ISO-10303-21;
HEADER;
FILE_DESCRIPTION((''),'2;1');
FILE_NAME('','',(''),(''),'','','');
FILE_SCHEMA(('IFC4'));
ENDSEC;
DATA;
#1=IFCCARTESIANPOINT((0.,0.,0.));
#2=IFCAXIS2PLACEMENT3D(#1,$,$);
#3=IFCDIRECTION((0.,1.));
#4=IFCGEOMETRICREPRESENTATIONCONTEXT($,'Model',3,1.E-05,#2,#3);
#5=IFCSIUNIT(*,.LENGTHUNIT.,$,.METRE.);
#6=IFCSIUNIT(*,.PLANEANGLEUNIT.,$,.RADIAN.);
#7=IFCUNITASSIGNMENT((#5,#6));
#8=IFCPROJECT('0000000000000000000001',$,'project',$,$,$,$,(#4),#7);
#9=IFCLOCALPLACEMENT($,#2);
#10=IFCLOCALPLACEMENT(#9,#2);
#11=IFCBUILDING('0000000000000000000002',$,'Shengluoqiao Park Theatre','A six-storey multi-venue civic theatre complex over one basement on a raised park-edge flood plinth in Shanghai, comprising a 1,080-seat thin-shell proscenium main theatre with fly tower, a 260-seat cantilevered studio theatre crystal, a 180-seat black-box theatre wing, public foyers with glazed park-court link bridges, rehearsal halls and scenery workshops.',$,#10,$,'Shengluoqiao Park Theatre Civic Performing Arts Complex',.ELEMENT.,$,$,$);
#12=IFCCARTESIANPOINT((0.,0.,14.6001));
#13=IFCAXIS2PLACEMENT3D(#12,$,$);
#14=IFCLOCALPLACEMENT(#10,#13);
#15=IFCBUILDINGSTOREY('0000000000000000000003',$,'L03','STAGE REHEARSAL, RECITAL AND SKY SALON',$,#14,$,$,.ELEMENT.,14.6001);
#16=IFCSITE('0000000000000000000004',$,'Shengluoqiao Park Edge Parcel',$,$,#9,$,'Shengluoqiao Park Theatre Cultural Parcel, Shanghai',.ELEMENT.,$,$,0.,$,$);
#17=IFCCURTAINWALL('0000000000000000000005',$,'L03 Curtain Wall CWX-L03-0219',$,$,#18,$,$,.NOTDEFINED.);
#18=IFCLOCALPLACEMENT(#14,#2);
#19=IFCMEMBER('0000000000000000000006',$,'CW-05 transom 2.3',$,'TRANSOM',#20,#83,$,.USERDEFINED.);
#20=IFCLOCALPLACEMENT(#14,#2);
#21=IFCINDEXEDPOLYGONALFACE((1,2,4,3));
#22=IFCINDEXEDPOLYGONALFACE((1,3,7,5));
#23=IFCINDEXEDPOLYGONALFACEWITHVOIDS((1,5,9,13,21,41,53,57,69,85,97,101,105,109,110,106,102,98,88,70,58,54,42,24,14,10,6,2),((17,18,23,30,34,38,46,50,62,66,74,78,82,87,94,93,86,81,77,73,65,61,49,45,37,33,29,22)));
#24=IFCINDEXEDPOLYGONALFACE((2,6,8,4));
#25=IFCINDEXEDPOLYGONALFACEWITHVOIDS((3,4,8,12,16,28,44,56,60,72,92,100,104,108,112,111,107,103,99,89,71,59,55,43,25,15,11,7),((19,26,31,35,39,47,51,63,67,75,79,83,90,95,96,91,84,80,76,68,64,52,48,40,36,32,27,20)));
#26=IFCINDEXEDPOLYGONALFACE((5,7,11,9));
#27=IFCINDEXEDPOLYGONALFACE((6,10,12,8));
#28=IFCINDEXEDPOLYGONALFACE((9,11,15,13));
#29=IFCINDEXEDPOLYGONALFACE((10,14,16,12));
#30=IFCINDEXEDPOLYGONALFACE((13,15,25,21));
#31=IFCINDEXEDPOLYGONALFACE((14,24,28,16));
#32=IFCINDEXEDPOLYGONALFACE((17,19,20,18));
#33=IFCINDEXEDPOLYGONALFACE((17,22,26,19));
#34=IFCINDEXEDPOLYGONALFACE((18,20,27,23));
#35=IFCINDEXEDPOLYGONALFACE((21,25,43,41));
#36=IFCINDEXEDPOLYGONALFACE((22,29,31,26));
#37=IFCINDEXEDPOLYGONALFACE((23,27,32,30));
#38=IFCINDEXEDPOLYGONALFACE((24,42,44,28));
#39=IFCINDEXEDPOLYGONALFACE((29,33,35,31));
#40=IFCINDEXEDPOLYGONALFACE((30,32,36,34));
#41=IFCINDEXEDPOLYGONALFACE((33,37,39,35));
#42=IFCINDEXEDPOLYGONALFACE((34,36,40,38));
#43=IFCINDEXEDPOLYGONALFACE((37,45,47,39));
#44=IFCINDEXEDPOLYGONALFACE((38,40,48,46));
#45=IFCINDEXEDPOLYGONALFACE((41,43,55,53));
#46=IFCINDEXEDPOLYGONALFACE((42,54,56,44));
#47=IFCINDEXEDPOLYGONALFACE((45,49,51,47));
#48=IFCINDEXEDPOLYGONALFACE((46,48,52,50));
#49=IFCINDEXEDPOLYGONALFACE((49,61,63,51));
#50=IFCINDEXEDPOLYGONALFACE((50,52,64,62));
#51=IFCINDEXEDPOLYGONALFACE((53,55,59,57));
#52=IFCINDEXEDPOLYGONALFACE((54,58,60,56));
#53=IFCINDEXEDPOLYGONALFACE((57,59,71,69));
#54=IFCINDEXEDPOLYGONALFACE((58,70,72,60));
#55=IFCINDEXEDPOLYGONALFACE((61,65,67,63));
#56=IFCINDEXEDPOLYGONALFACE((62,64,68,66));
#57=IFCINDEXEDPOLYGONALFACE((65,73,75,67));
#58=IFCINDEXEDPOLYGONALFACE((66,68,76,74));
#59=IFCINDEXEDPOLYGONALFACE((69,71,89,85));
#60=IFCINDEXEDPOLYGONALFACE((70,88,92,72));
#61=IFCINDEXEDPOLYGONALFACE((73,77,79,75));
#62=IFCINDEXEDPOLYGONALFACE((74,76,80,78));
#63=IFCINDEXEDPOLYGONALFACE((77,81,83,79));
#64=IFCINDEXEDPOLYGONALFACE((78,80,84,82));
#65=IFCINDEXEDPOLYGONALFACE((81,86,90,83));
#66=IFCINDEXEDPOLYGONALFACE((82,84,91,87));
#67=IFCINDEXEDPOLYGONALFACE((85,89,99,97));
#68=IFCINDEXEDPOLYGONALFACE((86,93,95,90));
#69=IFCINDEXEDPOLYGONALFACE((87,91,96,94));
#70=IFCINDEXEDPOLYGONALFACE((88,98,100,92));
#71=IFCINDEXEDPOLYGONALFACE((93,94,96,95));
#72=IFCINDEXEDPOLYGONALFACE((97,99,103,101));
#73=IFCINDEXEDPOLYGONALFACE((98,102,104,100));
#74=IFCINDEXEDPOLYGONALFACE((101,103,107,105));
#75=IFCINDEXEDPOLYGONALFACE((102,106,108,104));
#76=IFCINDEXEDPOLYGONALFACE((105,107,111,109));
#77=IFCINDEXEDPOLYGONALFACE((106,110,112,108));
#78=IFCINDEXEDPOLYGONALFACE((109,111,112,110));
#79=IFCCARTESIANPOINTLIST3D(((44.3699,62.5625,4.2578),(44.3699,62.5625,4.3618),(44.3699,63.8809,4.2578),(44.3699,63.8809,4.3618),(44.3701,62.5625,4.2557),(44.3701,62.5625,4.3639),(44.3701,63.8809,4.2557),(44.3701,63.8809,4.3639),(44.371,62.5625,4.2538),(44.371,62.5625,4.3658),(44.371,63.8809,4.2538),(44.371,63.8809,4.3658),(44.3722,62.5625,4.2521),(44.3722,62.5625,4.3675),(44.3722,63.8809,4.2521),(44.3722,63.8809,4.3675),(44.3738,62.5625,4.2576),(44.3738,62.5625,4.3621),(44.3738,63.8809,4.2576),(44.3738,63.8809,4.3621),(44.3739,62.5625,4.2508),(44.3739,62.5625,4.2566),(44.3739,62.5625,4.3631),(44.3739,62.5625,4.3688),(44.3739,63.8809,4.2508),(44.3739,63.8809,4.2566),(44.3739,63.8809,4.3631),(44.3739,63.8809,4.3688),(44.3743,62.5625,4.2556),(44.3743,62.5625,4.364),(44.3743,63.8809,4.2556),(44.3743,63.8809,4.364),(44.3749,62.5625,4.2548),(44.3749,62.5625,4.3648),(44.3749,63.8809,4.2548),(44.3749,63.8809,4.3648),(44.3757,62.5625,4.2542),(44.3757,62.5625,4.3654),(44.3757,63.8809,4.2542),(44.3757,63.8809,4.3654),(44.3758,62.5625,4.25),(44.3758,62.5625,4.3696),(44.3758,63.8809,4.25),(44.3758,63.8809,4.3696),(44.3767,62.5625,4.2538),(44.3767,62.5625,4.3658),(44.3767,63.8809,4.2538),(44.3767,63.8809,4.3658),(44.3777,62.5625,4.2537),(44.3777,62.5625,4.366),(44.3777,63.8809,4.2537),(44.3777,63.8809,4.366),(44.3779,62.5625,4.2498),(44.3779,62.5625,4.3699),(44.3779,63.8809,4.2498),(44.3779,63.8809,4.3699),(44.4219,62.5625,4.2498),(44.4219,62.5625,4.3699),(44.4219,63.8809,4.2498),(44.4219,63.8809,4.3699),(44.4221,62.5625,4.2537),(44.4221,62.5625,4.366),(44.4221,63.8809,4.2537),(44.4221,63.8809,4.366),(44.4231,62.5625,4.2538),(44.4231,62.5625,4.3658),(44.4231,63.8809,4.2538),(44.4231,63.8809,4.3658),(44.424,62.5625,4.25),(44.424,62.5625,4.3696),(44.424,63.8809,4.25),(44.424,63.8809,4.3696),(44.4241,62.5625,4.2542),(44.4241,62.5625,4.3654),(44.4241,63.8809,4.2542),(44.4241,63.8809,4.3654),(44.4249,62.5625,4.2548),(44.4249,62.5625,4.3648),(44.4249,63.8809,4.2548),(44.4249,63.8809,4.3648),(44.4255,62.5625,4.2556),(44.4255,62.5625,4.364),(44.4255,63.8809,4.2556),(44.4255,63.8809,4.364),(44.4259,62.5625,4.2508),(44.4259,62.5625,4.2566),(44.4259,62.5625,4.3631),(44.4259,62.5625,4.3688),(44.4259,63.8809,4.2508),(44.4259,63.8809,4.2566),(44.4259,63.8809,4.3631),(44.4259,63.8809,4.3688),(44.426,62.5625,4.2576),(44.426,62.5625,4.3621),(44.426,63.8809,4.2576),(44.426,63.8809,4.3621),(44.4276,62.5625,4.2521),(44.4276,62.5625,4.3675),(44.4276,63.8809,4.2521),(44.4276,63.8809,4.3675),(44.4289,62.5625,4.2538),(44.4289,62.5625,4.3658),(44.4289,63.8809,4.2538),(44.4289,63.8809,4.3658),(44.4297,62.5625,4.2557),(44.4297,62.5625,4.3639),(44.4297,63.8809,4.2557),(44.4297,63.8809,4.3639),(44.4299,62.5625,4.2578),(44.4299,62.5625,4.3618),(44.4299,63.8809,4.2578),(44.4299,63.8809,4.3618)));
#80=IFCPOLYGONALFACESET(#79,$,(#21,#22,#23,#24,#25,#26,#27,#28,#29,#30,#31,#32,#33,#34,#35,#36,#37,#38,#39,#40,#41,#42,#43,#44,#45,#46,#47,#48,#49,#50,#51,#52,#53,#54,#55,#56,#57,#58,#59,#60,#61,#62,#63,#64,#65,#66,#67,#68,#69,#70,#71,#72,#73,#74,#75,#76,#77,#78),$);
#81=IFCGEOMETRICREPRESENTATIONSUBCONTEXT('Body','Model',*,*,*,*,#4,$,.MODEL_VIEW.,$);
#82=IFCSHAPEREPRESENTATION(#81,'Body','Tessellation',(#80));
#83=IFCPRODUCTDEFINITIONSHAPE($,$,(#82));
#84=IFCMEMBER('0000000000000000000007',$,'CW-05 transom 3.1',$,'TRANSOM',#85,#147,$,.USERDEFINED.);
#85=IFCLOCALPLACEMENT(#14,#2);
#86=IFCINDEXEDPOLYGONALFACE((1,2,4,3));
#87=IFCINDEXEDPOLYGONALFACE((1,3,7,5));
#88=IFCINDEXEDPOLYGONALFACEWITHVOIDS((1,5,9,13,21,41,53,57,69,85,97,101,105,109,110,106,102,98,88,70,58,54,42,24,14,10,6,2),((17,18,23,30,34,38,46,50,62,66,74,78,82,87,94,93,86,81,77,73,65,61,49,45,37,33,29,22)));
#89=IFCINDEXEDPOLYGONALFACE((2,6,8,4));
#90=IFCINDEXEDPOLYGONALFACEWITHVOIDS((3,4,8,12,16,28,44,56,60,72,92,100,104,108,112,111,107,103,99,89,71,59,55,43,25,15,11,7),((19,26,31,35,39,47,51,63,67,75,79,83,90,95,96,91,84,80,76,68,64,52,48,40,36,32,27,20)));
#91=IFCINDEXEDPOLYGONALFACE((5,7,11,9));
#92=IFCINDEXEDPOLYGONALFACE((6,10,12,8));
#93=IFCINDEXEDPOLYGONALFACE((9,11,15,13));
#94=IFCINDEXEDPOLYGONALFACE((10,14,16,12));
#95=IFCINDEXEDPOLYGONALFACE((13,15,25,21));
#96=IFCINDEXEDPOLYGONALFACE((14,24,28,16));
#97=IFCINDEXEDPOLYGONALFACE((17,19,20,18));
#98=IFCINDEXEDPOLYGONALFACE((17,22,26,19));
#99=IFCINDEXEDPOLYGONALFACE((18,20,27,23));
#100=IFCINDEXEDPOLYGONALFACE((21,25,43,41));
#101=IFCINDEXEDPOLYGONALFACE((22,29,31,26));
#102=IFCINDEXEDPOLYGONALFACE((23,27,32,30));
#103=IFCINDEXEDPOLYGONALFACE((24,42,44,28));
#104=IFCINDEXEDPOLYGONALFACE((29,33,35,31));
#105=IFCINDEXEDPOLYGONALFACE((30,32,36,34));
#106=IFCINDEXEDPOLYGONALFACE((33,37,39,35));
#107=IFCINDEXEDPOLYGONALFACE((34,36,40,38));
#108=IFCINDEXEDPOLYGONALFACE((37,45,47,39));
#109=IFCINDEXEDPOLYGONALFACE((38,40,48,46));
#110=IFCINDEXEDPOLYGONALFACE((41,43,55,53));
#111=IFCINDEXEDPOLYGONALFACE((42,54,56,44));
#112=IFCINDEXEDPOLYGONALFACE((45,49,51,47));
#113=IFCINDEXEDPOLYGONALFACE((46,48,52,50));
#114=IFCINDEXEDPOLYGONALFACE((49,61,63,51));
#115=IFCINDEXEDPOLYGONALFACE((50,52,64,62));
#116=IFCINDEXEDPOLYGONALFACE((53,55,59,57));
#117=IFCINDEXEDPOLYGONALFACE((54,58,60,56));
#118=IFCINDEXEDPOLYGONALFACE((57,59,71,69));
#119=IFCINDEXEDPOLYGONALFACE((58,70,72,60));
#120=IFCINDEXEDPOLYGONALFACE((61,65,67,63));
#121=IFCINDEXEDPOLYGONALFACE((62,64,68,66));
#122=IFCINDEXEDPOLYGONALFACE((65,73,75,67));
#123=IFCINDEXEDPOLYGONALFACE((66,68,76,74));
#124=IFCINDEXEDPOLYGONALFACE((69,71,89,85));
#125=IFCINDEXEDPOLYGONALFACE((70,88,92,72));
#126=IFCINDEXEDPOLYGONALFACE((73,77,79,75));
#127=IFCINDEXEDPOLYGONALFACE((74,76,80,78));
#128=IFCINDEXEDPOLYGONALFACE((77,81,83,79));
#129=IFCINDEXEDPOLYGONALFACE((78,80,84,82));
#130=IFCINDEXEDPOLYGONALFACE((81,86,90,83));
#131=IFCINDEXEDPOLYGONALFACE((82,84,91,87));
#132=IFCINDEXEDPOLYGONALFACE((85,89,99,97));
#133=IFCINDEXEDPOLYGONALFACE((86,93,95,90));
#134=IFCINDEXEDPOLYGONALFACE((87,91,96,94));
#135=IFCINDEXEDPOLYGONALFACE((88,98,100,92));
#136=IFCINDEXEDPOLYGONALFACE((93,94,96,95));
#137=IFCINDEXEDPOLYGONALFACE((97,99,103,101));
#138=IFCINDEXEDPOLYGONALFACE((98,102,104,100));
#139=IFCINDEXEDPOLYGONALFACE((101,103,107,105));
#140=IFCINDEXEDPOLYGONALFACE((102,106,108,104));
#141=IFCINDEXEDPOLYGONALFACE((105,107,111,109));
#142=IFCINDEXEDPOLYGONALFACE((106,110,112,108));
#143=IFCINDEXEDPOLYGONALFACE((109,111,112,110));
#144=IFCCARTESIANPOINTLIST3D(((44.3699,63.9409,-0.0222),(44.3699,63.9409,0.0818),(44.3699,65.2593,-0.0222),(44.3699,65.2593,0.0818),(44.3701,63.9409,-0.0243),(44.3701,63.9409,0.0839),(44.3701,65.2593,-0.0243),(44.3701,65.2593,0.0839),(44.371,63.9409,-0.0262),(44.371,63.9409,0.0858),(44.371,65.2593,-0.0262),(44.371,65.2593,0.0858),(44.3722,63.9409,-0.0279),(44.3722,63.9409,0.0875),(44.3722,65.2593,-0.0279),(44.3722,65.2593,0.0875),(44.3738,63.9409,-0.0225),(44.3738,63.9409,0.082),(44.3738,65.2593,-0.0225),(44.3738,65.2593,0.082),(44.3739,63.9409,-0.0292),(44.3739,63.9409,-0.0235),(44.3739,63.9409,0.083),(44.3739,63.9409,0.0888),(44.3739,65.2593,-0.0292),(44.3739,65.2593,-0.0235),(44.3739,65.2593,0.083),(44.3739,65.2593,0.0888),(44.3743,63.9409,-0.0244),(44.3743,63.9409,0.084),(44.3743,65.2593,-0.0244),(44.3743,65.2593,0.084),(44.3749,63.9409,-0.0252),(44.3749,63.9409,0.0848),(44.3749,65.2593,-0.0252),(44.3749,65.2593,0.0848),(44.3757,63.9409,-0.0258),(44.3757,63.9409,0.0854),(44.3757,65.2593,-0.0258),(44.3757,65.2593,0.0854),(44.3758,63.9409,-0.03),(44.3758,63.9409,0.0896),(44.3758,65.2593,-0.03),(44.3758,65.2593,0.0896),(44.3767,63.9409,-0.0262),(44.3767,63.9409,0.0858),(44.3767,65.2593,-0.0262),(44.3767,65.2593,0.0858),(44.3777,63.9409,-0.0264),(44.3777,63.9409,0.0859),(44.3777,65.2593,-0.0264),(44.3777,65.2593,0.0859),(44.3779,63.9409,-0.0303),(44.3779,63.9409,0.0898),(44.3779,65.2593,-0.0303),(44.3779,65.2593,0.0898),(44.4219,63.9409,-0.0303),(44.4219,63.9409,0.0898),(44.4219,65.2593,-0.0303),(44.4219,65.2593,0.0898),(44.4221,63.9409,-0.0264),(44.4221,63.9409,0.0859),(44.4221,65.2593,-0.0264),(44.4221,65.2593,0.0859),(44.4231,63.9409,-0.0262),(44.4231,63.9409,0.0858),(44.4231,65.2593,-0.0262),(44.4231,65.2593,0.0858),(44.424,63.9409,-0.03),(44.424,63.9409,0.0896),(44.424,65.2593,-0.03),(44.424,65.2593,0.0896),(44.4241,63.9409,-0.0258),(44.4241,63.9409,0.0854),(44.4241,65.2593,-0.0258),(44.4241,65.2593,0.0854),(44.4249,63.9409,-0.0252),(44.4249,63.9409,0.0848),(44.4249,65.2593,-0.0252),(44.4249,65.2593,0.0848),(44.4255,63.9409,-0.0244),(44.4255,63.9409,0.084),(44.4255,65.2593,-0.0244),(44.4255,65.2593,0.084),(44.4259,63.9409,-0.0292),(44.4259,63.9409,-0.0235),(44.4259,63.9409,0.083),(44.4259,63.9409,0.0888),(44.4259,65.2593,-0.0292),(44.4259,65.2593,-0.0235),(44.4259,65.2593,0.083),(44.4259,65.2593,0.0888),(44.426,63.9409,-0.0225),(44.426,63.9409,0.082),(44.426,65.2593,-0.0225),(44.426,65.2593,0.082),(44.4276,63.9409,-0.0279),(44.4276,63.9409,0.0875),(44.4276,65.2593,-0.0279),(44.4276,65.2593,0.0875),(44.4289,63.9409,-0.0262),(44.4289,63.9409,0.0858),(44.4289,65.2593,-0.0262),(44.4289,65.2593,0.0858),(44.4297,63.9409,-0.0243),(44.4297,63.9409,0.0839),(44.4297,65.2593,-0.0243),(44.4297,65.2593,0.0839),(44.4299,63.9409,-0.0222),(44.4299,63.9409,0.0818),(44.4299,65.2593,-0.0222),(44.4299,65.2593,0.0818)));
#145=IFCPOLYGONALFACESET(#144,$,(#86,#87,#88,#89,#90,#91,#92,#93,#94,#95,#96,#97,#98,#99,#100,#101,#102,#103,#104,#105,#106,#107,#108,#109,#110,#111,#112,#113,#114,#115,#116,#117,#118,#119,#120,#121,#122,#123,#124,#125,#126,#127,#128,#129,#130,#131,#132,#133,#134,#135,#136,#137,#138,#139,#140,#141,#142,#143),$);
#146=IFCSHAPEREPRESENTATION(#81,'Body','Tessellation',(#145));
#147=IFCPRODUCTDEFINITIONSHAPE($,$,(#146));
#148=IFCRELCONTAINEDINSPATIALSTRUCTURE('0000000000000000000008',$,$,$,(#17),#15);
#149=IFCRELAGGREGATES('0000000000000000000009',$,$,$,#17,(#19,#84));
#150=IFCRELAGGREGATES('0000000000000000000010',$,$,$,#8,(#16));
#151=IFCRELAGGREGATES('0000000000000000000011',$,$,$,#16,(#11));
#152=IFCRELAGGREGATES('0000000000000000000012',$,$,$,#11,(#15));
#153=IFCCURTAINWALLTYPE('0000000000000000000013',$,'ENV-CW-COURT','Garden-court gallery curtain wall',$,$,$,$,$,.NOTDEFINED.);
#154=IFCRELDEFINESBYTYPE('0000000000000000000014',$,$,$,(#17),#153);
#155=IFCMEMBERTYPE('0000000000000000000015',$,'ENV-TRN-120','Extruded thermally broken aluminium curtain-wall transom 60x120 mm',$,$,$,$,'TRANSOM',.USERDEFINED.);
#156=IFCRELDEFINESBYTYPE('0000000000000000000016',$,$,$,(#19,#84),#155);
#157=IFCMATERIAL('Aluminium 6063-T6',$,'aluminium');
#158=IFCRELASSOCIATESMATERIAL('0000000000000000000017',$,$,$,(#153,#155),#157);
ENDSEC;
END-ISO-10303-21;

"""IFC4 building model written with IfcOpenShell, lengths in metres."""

from ifc_helpers import new_model, si_unit, direction, frame, origin, origin_2d, place, context, subcontext, project, spatial, hollow_rectangle, extrude, material, material_profile, profile_set, type_object, element, aggregate, save


model = new_model("IFC4")

# Units and contexts
model_context = context("Model", 3, precision=1e-05, world=origin(), true_north=direction((0.0, 1.0)))
body_context = subcontext(model_context, "Body", "Model", "MODEL_VIEW")
ifc_project = project(units=[si_unit("LENGTHUNIT", "METRE"), si_unit("PLANEANGLEUNIT", "RADIAN")], contexts=[model_context])

# Site, building, storey
site_placement = place(None, origin())
site = spatial("IfcSite", under=ifc_project, at=site_placement, Name="Shengluoqiao Park Edge Parcel", LongName="Shengluoqiao Park Theatre Cultural Parcel, Shanghai", CompositionType="ELEMENT", RefElevation=0.0)
building_placement = place(site_placement, origin())
building = spatial("IfcBuilding", under=site, at=building_placement, Name="Shengluoqiao Park Theatre", Description="A six-storey multi-venue civic theatre complex over one basement on a raised park-edge flood plinth in Shanghai, comprising a 1,080-seat thin-shell proscenium main theatre with fly tower, a 260-seat cantilevered studio theatre crystal, a 180-seat black-box theatre wing, public foyers with glazed park-court link bridges, rehearsal halls and scenery workshops.", LongName="Shengluoqiao Park Theatre Civic Performing Arts Complex", CompositionType="ELEMENT")
storey_placement = place(building_placement, frame((0.0, 0.0, 14.6001)))
storey = spatial("IfcBuildingStorey", under=building, at=storey_placement, Name="L03", Description="STAGE REHEARSAL, RECITAL AND SKY SALON", CompositionType="ELEMENT", Elevation=14.6001)

# Curtain wall
ifc_material_1 = material(Name="Aluminium 6063-T6", Category="aluminium")
curtain_wall_type_1 = type_object("IfcCurtainWallType", Name="ENV-CW-COURT", Description="Garden-court gallery curtain wall", PredefinedType="NOTDEFINED", material=ifc_material_1)
curtain_wall_1_placement = place(storey_placement, origin())
curtain_wall_1 = element("IfcCurtainWall", 1, at=curtain_wall_1_placement, inside=storey, type_object=curtain_wall_type_1, Name="L03 Curtain Wall CWX-L03-0219", PredefinedType="NOTDEFINED")

# Members
ifc_material_profile_1 = material_profile(ifc_material_1, hollow_rectangle(XDim=0.0601, YDim=0.1201, WallThickness=0.0039, InnerFilletRadius=0.0039, OuterFilletRadius=0.0081, at=origin_2d()), Name="ALU TRANSOM 120x60x4")
ifc_profile_set_1 = profile_set([ifc_material_profile_1], Name="Aluminium 6063-T6")
member_type_1 = type_object("IfcMemberType", Name="ENV-TRN-120", Description="Extruded thermally broken aluminium curtain-wall transom 60x120 mm", ElementType="TRANSOM", PredefinedType="USERDEFINED", material=ifc_profile_set_1)
member_1_placement = place(storey_placement, frame((44.3999, 62.5625, 4.3098), z_axis=(0.0, 1.0, 0.0), x_axis=(-1.0, 0.0, 0.0)))
member_1 = element("IfcMember", 2, at=member_1_placement, type_object=member_type_1, Name="CW-05 transom 2.3", ObjectType="TRANSOM", PredefinedType="USERDEFINED", context=body_context, shape_type="SweptSolid", body=[
    extrude(hollow_rectangle(XDim=0.0601, YDim=0.1201, WallThickness=0.0039, InnerFilletRadius=0.0039, OuterFilletRadius=0.0081, at=origin_2d()), origin(), (0.0, 0.0, 1.0), 1.3184),
])
member_2_placement = place(storey_placement, frame((44.3999, 63.9409, 0.0298), z_axis=(0.0, 1.0, 0.0), x_axis=(-1.0, 0.0, 0.0)))
member_2 = element("IfcMember", 3, at=member_2_placement, type_object=member_type_1, Name="CW-05 transom 3.1", ObjectType="TRANSOM", PredefinedType="USERDEFINED", context=body_context, shape_type="SweptSolid", body=[
    extrude(hollow_rectangle(XDim=0.0601, YDim=0.1201, WallThickness=0.0039, InnerFilletRadius=0.0039, OuterFilletRadius=0.0081, at=origin_2d()), origin(), (0.0, 0.0, 1.0), 1.3184),
])

aggregate(curtain_wall_1, [member_1, member_2])

save(model, "model.ifc")
